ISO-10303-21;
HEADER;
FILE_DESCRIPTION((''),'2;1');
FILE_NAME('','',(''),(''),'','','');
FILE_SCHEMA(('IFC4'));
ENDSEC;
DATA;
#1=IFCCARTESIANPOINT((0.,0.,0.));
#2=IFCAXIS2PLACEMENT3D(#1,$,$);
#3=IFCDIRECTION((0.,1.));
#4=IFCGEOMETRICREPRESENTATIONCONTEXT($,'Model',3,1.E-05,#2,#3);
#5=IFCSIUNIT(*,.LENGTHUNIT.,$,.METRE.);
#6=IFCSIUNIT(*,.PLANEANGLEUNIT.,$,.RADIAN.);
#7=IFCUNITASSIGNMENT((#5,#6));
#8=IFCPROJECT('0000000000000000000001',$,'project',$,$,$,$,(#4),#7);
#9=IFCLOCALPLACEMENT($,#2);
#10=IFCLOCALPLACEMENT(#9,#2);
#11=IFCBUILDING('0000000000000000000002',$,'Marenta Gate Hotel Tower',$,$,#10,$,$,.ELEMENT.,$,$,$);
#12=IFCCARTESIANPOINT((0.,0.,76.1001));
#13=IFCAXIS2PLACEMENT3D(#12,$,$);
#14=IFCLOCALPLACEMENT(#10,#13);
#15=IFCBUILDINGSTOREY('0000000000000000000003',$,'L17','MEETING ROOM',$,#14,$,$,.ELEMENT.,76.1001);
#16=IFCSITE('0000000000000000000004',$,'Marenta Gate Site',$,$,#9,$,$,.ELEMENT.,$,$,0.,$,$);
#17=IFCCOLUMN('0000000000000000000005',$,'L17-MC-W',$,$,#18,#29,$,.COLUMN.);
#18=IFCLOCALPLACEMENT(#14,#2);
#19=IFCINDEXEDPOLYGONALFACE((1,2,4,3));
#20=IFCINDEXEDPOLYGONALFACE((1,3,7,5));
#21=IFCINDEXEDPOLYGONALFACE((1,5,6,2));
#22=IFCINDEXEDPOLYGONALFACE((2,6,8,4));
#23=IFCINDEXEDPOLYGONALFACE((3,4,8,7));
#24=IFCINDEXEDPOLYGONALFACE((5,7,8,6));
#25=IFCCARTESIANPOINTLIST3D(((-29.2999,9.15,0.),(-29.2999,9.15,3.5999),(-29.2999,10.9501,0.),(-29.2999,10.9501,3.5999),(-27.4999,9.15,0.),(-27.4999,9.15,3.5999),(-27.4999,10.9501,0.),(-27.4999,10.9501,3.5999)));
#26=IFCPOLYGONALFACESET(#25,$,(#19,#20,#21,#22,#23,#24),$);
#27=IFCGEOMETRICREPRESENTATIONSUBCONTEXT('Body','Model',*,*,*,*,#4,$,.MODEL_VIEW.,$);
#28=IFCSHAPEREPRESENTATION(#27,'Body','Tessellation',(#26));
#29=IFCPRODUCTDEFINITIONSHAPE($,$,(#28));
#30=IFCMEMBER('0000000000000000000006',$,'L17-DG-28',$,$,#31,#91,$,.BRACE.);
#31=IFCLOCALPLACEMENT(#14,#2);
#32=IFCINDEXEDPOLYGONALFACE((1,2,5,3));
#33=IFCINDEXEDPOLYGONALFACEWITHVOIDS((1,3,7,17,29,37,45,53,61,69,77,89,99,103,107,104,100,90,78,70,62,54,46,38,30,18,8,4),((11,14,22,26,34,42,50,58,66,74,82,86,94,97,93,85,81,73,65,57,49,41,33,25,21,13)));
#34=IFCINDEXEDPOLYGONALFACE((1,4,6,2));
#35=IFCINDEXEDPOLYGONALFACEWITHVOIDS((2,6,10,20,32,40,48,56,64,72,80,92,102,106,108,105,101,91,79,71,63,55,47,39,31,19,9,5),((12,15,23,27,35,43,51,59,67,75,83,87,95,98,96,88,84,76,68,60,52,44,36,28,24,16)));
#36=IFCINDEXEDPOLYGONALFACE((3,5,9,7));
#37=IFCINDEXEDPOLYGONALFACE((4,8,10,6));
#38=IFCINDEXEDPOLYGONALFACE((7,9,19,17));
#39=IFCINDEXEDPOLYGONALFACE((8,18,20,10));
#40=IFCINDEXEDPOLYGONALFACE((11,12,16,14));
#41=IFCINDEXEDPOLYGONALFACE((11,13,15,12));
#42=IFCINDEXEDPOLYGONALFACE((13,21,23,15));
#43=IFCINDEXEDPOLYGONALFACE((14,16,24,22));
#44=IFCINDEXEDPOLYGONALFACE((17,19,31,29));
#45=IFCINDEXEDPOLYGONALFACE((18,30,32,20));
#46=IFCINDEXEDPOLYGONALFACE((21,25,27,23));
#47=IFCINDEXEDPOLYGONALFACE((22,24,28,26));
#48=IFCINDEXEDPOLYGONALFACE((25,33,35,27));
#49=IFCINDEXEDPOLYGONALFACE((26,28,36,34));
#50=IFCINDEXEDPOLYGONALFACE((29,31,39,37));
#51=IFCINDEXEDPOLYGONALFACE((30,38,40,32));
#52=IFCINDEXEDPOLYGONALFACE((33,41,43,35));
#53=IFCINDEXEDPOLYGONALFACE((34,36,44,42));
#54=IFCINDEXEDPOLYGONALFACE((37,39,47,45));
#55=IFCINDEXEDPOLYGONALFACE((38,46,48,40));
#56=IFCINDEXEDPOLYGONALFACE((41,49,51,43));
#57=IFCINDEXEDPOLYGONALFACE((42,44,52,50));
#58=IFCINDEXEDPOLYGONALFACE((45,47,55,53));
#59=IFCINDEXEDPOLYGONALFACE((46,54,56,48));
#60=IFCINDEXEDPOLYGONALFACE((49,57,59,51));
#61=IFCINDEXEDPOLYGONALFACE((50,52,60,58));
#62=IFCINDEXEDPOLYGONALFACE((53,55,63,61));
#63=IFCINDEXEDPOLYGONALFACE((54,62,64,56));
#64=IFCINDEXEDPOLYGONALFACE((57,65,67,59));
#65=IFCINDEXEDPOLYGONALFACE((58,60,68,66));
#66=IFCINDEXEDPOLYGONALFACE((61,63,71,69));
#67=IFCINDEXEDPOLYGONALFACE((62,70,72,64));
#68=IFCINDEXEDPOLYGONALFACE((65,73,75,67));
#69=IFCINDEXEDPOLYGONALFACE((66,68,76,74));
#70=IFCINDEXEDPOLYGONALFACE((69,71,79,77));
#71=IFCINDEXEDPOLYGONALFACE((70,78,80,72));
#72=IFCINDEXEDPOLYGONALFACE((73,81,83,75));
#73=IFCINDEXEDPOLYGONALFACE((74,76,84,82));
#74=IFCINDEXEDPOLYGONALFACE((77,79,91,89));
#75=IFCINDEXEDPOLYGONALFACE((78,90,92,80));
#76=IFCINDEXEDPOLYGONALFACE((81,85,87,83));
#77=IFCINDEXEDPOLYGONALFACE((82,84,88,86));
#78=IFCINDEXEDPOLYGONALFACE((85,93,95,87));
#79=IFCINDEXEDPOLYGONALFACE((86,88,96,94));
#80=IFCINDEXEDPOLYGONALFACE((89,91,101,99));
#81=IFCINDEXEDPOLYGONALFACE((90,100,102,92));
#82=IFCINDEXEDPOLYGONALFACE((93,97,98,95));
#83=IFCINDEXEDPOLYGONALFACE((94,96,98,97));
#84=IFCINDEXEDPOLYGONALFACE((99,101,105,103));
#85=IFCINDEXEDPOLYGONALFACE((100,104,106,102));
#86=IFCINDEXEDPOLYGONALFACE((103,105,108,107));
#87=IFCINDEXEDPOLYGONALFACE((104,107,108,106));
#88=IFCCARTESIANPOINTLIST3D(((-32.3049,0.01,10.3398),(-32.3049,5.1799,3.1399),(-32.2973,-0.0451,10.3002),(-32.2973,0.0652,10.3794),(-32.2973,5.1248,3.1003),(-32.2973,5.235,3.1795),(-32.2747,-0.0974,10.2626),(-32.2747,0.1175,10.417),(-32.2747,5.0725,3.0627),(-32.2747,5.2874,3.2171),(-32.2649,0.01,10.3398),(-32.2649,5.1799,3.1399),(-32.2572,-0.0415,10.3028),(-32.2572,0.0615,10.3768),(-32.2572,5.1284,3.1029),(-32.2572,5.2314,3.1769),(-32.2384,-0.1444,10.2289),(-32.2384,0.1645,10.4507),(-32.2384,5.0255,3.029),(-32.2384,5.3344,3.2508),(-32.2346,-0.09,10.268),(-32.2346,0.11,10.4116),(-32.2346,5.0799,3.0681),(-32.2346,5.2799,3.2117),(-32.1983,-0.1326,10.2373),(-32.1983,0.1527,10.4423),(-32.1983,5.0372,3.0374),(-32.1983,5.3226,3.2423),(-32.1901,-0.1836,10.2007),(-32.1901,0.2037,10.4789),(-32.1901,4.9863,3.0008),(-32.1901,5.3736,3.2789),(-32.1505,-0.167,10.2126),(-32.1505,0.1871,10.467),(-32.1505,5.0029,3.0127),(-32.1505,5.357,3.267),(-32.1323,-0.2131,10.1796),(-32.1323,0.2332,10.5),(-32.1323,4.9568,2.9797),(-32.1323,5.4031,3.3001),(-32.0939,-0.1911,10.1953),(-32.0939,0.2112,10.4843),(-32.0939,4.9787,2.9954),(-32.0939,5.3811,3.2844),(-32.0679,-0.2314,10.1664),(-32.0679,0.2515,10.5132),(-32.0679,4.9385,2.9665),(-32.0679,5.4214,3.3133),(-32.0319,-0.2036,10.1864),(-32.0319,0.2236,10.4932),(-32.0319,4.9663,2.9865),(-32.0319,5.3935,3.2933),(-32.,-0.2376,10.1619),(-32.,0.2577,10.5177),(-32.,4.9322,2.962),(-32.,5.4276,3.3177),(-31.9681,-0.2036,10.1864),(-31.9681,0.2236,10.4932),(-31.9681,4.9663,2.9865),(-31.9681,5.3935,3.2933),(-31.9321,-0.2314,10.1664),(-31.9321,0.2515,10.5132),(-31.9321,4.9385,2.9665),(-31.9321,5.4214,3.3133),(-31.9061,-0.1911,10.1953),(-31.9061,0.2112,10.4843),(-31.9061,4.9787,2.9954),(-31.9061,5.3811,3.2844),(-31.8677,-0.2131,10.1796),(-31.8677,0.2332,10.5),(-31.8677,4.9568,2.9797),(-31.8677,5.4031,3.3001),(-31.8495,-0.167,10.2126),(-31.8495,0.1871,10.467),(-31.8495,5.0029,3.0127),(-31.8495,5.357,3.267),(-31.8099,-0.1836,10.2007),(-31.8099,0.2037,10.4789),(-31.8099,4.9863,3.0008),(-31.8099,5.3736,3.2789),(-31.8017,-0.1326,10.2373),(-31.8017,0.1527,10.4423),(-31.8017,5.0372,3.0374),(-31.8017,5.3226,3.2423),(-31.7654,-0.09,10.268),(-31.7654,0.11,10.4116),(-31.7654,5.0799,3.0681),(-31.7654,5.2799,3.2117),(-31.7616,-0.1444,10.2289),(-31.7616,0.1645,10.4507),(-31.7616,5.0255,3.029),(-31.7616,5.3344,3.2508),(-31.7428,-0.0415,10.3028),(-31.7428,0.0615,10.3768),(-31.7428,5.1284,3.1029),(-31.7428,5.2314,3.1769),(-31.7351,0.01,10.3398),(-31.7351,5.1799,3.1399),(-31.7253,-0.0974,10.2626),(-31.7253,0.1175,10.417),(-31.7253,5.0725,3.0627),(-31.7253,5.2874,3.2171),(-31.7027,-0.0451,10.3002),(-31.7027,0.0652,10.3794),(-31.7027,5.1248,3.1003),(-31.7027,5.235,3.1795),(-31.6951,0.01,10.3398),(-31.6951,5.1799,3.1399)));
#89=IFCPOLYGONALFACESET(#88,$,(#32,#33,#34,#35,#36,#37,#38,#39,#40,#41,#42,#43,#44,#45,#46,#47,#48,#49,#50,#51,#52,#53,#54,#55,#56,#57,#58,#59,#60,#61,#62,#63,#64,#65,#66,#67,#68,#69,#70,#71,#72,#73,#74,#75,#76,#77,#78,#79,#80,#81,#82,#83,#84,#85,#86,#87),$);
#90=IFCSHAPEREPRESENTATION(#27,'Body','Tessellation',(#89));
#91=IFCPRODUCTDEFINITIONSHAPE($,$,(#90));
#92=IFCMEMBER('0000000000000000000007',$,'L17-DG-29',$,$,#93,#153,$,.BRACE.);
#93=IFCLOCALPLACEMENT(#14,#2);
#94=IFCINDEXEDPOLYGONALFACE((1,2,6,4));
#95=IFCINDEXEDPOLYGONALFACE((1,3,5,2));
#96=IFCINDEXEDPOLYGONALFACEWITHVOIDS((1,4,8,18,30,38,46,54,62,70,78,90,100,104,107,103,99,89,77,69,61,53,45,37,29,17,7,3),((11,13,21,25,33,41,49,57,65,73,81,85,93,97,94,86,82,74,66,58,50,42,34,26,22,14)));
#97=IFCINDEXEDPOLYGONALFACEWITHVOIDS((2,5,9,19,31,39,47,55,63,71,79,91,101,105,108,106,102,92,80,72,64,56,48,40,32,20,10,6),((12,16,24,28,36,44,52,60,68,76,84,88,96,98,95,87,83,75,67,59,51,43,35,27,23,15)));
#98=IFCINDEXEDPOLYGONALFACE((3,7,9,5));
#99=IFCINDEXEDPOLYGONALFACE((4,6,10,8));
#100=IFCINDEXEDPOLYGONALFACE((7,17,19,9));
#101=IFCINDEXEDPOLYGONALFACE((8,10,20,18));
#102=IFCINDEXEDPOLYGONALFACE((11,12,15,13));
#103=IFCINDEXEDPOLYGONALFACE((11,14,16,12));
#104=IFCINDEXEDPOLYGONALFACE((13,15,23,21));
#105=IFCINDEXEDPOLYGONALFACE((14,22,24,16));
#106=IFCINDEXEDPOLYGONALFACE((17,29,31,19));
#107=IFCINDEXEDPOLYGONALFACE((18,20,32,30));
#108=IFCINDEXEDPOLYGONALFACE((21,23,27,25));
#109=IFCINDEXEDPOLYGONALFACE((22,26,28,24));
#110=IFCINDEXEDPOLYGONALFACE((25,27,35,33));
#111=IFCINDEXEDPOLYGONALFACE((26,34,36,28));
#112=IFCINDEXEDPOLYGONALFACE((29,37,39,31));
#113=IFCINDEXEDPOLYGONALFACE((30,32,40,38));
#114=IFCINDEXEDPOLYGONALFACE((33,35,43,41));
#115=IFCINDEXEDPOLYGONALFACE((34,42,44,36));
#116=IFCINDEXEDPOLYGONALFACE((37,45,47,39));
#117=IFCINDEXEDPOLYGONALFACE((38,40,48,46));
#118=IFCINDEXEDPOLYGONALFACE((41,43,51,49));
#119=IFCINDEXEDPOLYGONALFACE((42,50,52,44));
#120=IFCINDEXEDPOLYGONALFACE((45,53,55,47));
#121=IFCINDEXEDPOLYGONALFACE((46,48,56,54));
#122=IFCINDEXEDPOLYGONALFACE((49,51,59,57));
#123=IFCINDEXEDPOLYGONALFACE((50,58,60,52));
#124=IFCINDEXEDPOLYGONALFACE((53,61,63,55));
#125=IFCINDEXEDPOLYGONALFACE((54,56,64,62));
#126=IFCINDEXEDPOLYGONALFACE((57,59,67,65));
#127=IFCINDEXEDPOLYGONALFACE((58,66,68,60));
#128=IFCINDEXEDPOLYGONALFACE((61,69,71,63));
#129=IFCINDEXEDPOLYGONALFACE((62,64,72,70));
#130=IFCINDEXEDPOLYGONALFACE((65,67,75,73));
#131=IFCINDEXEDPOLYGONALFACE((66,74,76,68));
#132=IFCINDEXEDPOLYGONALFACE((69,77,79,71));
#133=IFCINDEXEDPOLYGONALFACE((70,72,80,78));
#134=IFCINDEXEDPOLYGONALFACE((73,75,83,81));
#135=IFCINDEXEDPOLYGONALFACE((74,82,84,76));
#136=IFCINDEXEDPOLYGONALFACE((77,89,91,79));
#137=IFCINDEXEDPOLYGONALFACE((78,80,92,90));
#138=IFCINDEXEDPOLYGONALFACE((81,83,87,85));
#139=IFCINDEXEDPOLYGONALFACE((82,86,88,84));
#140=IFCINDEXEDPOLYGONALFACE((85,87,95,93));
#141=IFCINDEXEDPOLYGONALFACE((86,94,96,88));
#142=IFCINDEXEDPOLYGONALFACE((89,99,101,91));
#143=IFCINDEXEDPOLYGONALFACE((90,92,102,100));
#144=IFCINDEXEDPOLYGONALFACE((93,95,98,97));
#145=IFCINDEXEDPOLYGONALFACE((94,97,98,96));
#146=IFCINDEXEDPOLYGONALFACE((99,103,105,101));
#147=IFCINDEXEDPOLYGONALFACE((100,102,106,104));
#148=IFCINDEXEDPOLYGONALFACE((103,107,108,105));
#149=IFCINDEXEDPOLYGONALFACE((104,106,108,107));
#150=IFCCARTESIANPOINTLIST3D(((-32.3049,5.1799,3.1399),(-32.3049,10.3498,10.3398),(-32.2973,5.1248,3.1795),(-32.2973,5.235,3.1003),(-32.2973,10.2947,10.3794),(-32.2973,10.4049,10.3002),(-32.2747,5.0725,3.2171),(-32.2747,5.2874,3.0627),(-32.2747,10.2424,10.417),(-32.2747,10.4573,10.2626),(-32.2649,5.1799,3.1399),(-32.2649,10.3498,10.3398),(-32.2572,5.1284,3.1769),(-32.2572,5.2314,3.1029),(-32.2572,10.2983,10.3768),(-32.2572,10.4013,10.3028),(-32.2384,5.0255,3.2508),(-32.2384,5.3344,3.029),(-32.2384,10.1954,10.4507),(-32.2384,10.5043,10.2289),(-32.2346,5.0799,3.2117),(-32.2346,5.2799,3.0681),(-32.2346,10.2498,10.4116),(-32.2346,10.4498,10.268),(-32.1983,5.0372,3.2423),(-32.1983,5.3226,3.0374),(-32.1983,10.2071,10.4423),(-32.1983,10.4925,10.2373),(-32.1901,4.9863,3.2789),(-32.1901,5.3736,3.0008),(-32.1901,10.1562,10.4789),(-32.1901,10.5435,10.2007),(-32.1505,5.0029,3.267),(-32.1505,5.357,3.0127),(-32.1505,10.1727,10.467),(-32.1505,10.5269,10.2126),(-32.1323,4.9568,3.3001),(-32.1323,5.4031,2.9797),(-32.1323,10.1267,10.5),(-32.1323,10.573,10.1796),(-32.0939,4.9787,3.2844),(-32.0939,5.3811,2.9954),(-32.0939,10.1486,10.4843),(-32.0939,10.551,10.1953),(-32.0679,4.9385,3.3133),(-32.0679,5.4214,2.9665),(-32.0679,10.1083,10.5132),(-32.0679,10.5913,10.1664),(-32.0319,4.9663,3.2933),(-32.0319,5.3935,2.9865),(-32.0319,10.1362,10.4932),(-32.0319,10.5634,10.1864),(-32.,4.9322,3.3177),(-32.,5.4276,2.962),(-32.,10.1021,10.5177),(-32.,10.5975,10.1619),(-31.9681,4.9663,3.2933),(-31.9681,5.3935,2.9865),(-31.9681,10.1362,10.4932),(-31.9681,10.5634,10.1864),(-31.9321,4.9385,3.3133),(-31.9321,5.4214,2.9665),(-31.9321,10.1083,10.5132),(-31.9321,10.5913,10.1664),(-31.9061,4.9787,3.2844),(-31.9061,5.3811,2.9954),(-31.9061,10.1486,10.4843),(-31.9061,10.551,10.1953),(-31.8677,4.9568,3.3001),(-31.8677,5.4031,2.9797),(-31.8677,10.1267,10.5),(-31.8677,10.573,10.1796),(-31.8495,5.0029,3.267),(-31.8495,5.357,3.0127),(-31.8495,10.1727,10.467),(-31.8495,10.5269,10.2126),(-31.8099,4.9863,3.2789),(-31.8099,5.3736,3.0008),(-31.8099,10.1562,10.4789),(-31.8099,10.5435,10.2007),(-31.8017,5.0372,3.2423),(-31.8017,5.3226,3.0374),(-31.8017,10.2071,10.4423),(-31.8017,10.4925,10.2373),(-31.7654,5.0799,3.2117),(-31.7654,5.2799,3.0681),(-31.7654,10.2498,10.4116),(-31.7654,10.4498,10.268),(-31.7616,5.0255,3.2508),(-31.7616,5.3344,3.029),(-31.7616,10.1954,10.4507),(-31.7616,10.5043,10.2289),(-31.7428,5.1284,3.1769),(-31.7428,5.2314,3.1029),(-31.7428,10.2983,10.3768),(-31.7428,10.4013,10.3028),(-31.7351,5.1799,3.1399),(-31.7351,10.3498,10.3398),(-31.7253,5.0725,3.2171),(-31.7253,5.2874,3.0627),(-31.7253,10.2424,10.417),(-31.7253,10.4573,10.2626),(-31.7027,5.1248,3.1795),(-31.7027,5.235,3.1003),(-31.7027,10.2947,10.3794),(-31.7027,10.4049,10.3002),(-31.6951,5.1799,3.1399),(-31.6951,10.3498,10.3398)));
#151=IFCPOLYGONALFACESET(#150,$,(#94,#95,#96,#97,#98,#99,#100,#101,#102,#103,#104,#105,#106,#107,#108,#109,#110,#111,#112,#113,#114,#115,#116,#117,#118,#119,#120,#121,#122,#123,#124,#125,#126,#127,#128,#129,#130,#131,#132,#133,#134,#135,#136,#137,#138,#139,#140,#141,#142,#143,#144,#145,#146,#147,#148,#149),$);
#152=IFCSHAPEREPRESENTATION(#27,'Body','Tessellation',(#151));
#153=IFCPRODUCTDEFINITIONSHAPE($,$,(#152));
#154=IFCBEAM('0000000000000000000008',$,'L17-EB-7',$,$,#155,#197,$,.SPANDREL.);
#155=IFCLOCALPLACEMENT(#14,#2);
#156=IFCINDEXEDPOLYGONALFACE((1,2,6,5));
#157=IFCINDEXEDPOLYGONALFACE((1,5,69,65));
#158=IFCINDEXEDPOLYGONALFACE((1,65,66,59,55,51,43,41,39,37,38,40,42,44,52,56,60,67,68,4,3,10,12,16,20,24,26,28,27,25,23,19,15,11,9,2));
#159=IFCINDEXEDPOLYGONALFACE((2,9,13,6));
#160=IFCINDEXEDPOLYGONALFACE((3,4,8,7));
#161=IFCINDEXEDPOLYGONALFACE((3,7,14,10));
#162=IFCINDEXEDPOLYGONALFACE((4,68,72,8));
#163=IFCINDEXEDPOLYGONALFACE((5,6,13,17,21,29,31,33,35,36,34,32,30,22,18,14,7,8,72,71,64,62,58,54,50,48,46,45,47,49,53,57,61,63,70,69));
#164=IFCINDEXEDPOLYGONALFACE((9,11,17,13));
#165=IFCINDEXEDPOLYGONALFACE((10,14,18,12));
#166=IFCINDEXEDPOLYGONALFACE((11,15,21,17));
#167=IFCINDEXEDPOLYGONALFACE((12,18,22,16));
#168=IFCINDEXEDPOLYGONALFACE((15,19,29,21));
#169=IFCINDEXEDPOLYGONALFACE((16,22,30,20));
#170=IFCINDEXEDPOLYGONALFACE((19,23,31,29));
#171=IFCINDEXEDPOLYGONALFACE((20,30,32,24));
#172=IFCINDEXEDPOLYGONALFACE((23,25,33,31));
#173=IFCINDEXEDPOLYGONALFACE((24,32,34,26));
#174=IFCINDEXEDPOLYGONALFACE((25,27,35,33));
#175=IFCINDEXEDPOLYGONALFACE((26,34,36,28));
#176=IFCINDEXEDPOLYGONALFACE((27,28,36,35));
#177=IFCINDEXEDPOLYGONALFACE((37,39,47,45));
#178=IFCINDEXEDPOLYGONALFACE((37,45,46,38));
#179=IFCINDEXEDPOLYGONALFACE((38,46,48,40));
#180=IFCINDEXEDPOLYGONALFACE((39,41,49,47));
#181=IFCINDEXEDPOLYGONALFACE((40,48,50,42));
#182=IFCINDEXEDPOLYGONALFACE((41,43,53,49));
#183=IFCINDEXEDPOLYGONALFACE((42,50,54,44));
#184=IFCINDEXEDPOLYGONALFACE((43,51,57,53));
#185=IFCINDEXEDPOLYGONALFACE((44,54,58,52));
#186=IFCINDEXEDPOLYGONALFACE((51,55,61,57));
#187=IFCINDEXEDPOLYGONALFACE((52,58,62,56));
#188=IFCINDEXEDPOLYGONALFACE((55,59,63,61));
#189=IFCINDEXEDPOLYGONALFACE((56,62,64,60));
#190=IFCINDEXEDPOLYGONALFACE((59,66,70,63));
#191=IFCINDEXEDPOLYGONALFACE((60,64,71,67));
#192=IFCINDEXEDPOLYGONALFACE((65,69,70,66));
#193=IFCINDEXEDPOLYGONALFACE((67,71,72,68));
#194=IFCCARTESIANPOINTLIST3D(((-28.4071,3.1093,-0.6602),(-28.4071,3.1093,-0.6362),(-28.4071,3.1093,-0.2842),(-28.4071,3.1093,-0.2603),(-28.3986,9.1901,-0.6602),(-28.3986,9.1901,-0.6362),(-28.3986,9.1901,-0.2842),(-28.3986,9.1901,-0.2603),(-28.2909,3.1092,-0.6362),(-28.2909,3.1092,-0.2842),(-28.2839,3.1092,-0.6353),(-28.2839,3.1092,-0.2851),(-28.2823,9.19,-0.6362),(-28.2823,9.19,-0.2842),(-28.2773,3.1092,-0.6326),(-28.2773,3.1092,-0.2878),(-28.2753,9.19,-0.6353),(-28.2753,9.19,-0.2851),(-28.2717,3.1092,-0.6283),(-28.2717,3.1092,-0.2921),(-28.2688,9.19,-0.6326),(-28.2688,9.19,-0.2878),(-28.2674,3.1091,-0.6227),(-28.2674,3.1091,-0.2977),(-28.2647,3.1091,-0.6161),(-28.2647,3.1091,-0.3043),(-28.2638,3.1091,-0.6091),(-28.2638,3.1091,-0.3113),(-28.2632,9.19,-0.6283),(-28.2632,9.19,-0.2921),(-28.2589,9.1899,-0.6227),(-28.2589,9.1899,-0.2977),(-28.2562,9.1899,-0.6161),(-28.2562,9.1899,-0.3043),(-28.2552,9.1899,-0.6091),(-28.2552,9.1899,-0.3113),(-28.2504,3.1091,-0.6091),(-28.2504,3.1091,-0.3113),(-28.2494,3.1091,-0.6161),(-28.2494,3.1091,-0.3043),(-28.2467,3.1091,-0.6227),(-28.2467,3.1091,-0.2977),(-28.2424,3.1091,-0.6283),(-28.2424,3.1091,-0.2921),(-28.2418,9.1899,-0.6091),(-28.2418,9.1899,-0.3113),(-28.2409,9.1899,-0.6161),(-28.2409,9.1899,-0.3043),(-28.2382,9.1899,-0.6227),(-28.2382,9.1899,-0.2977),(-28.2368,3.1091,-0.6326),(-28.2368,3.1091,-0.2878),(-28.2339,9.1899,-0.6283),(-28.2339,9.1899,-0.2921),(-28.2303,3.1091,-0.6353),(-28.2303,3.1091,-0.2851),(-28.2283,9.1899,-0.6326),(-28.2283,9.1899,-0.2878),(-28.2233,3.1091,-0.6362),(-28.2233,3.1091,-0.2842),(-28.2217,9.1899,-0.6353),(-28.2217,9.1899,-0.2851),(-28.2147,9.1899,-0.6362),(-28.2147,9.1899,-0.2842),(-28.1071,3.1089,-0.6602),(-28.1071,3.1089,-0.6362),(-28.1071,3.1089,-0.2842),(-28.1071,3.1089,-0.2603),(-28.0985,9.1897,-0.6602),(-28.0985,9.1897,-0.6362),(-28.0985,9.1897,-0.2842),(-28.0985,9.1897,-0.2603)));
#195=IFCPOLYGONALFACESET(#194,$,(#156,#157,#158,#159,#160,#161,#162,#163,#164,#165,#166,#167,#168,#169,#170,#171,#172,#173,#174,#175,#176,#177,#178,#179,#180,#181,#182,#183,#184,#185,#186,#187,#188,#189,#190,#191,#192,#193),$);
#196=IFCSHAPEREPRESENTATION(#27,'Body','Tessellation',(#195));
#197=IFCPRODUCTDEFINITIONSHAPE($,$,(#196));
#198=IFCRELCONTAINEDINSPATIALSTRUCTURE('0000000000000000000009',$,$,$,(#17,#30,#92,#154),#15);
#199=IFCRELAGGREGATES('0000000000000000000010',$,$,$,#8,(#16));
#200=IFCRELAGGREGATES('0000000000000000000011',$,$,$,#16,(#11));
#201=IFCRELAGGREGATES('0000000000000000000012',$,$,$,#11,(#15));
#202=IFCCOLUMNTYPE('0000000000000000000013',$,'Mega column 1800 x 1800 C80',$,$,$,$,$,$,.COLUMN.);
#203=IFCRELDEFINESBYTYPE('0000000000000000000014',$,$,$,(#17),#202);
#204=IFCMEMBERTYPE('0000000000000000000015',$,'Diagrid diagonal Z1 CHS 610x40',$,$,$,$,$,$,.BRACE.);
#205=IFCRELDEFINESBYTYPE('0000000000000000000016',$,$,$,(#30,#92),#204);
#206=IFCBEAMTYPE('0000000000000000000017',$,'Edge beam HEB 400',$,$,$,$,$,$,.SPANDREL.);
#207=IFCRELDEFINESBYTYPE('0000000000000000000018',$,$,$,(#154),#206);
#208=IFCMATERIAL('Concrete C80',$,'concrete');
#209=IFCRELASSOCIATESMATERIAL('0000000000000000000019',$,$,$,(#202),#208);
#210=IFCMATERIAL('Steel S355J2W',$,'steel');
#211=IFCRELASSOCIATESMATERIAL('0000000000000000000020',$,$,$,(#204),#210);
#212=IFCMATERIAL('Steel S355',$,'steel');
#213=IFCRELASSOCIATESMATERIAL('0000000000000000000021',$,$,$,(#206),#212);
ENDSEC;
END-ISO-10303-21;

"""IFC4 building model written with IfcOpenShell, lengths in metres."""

from ifc_helpers import new_model, si_unit, direction, frame, origin, origin_2d, place, context, subcontext, project, spatial, rectangle, hollow_circle, i_section, extrude, material, material_profile, profile_set, type_object, element, save


model = new_model("IFC4")

# Units and contexts
model_context = context("Model", 3, precision=1e-05, world=origin(), true_north=direction((0.0, 1.0)))
body_context = subcontext(model_context, "Body", "Model", "MODEL_VIEW")
ifc_project = project(units=[si_unit("LENGTHUNIT", "METRE"), si_unit("PLANEANGLEUNIT", "RADIAN")], contexts=[model_context])

# Site, building, storey
site_placement = place(None, origin())
site = spatial("IfcSite", under=ifc_project, at=site_placement, Name="Marenta Gate Site", CompositionType="ELEMENT", RefElevation=0.0)
building_placement = place(site_placement, origin())
building = spatial("IfcBuilding", under=site, at=building_placement, Name="Marenta Gate Hotel Tower", CompositionType="ELEMENT")
storey_placement = place(building_placement, frame((0.0, 0.0, 76.1001)))
storey = spatial("IfcBuildingStorey", under=building, at=storey_placement, Name="L17", Description="MEETING ROOM", CompositionType="ELEMENT", Elevation=76.1001)

# Column
ifc_material_1 = material(Name="Concrete C80", Category="concrete")
ifc_material_profile_1 = material_profile(ifc_material_1, rectangle(XDim=1.8, YDim=1.8, at=origin_2d()), Name="1800 x 1800")
ifc_profile_set_1 = profile_set([ifc_material_profile_1], Name="Concrete C80")
column_type = type_object("IfcColumnType", Name="Mega column 1800 x 1800 C80", PredefinedType="COLUMN", material=ifc_profile_set_1)
column_placement = place(storey_placement, frame((-28.3999, 10.05, 0.0), z_axis=(0.0, 0.0, 1.0), x_axis=(1.0, 0.0, 0.0)))
element("IfcColumn", 1, at=column_placement, inside=storey, type_object=column_type, Name="L17-MC-W", PredefinedType="COLUMN", context=body_context, shape_type="SweptSolid", body=[
    extrude(rectangle(XDim=1.8, YDim=1.8, at=origin_2d()), origin(), (0.0, 0.0, 1.0), 3.5999),
])

# Members
ifc_material_2 = material(Name="Steel S355J2W", Category="steel")
ifc_material_profile_2 = material_profile(ifc_material_2, hollow_circle(Radius=0.3049, WallThickness=0.04, at=origin_2d()), Name="CHS 610x40")
ifc_profile_set_2 = profile_set([ifc_material_profile_2], Name="Steel S355J2W")
member_type_1 = type_object("IfcMemberType", Name="Diagrid diagonal Z1 CHS 610x40", PredefinedType="BRACE", material=ifc_profile_set_2)
for number, where, z_axis, x_axis, name in (
    (2, (-32.0, 5.1799, 3.1399), (0.0, -0.583261, 0.812285), (1.0, 0.0, 0.0), "L17-DG-28"),
    (3, (-32.0, 5.1799, 3.1399), (0.0, 0.583261, 0.812285), (-1.0, 0.0, 0.0), "L17-DG-29"),
):
    element("IfcMember", number, at=place(storey_placement, frame(where, z_axis=z_axis, x_axis=x_axis)), inside=storey, type_object=member_type_1, Name=name, PredefinedType="BRACE", context=body_context, shape_type="SweptSolid", body=[
        extrude(hollow_circle(Radius=0.3049, WallThickness=0.04, at=origin_2d()), origin(), (0.0, 0.0, 1.0), 8.8638),
    ])

# Beam
ifc_material_3 = material(Name="Steel S355", Category="steel")
ifc_material_profile_3 = material_profile(ifc_material_3, i_section(OverallWidth=0.3, OverallDepth=0.3999, WebThickness=0.0134, FlangeThickness=0.0239, FilletRadius=0.0271, at=origin_2d()), Name="HEB 400")
ifc_profile_set_3 = profile_set([ifc_material_profile_3], Name="Steel S355")
beam_type_1 = type_object("IfcBeamType", Name="Edge beam HEB 400", PredefinedType="SPANDREL", material=ifc_profile_set_3)
beam_1_placement = place(storey_placement, frame((-28.2571, 3.1091, -0.4602), z_axis=(0.001405, 0.999999, 0.0), x_axis=(-0.999999, 0.001405, 0.0)))
element("IfcBeam", 4, at=beam_1_placement, inside=storey, type_object=beam_type_1, Name="L17-EB-7", PredefinedType="SPANDREL", context=body_context, shape_type="SweptSolid", body=[
    extrude(i_section(OverallWidth=0.3, OverallDepth=0.3999, WebThickness=0.0134, FlangeThickness=0.0239, FilletRadius=0.0271, at=origin_2d()), origin(), (0.0, 0.0, 1.0), 6.0808),
])

save(model, "model.ifc")
